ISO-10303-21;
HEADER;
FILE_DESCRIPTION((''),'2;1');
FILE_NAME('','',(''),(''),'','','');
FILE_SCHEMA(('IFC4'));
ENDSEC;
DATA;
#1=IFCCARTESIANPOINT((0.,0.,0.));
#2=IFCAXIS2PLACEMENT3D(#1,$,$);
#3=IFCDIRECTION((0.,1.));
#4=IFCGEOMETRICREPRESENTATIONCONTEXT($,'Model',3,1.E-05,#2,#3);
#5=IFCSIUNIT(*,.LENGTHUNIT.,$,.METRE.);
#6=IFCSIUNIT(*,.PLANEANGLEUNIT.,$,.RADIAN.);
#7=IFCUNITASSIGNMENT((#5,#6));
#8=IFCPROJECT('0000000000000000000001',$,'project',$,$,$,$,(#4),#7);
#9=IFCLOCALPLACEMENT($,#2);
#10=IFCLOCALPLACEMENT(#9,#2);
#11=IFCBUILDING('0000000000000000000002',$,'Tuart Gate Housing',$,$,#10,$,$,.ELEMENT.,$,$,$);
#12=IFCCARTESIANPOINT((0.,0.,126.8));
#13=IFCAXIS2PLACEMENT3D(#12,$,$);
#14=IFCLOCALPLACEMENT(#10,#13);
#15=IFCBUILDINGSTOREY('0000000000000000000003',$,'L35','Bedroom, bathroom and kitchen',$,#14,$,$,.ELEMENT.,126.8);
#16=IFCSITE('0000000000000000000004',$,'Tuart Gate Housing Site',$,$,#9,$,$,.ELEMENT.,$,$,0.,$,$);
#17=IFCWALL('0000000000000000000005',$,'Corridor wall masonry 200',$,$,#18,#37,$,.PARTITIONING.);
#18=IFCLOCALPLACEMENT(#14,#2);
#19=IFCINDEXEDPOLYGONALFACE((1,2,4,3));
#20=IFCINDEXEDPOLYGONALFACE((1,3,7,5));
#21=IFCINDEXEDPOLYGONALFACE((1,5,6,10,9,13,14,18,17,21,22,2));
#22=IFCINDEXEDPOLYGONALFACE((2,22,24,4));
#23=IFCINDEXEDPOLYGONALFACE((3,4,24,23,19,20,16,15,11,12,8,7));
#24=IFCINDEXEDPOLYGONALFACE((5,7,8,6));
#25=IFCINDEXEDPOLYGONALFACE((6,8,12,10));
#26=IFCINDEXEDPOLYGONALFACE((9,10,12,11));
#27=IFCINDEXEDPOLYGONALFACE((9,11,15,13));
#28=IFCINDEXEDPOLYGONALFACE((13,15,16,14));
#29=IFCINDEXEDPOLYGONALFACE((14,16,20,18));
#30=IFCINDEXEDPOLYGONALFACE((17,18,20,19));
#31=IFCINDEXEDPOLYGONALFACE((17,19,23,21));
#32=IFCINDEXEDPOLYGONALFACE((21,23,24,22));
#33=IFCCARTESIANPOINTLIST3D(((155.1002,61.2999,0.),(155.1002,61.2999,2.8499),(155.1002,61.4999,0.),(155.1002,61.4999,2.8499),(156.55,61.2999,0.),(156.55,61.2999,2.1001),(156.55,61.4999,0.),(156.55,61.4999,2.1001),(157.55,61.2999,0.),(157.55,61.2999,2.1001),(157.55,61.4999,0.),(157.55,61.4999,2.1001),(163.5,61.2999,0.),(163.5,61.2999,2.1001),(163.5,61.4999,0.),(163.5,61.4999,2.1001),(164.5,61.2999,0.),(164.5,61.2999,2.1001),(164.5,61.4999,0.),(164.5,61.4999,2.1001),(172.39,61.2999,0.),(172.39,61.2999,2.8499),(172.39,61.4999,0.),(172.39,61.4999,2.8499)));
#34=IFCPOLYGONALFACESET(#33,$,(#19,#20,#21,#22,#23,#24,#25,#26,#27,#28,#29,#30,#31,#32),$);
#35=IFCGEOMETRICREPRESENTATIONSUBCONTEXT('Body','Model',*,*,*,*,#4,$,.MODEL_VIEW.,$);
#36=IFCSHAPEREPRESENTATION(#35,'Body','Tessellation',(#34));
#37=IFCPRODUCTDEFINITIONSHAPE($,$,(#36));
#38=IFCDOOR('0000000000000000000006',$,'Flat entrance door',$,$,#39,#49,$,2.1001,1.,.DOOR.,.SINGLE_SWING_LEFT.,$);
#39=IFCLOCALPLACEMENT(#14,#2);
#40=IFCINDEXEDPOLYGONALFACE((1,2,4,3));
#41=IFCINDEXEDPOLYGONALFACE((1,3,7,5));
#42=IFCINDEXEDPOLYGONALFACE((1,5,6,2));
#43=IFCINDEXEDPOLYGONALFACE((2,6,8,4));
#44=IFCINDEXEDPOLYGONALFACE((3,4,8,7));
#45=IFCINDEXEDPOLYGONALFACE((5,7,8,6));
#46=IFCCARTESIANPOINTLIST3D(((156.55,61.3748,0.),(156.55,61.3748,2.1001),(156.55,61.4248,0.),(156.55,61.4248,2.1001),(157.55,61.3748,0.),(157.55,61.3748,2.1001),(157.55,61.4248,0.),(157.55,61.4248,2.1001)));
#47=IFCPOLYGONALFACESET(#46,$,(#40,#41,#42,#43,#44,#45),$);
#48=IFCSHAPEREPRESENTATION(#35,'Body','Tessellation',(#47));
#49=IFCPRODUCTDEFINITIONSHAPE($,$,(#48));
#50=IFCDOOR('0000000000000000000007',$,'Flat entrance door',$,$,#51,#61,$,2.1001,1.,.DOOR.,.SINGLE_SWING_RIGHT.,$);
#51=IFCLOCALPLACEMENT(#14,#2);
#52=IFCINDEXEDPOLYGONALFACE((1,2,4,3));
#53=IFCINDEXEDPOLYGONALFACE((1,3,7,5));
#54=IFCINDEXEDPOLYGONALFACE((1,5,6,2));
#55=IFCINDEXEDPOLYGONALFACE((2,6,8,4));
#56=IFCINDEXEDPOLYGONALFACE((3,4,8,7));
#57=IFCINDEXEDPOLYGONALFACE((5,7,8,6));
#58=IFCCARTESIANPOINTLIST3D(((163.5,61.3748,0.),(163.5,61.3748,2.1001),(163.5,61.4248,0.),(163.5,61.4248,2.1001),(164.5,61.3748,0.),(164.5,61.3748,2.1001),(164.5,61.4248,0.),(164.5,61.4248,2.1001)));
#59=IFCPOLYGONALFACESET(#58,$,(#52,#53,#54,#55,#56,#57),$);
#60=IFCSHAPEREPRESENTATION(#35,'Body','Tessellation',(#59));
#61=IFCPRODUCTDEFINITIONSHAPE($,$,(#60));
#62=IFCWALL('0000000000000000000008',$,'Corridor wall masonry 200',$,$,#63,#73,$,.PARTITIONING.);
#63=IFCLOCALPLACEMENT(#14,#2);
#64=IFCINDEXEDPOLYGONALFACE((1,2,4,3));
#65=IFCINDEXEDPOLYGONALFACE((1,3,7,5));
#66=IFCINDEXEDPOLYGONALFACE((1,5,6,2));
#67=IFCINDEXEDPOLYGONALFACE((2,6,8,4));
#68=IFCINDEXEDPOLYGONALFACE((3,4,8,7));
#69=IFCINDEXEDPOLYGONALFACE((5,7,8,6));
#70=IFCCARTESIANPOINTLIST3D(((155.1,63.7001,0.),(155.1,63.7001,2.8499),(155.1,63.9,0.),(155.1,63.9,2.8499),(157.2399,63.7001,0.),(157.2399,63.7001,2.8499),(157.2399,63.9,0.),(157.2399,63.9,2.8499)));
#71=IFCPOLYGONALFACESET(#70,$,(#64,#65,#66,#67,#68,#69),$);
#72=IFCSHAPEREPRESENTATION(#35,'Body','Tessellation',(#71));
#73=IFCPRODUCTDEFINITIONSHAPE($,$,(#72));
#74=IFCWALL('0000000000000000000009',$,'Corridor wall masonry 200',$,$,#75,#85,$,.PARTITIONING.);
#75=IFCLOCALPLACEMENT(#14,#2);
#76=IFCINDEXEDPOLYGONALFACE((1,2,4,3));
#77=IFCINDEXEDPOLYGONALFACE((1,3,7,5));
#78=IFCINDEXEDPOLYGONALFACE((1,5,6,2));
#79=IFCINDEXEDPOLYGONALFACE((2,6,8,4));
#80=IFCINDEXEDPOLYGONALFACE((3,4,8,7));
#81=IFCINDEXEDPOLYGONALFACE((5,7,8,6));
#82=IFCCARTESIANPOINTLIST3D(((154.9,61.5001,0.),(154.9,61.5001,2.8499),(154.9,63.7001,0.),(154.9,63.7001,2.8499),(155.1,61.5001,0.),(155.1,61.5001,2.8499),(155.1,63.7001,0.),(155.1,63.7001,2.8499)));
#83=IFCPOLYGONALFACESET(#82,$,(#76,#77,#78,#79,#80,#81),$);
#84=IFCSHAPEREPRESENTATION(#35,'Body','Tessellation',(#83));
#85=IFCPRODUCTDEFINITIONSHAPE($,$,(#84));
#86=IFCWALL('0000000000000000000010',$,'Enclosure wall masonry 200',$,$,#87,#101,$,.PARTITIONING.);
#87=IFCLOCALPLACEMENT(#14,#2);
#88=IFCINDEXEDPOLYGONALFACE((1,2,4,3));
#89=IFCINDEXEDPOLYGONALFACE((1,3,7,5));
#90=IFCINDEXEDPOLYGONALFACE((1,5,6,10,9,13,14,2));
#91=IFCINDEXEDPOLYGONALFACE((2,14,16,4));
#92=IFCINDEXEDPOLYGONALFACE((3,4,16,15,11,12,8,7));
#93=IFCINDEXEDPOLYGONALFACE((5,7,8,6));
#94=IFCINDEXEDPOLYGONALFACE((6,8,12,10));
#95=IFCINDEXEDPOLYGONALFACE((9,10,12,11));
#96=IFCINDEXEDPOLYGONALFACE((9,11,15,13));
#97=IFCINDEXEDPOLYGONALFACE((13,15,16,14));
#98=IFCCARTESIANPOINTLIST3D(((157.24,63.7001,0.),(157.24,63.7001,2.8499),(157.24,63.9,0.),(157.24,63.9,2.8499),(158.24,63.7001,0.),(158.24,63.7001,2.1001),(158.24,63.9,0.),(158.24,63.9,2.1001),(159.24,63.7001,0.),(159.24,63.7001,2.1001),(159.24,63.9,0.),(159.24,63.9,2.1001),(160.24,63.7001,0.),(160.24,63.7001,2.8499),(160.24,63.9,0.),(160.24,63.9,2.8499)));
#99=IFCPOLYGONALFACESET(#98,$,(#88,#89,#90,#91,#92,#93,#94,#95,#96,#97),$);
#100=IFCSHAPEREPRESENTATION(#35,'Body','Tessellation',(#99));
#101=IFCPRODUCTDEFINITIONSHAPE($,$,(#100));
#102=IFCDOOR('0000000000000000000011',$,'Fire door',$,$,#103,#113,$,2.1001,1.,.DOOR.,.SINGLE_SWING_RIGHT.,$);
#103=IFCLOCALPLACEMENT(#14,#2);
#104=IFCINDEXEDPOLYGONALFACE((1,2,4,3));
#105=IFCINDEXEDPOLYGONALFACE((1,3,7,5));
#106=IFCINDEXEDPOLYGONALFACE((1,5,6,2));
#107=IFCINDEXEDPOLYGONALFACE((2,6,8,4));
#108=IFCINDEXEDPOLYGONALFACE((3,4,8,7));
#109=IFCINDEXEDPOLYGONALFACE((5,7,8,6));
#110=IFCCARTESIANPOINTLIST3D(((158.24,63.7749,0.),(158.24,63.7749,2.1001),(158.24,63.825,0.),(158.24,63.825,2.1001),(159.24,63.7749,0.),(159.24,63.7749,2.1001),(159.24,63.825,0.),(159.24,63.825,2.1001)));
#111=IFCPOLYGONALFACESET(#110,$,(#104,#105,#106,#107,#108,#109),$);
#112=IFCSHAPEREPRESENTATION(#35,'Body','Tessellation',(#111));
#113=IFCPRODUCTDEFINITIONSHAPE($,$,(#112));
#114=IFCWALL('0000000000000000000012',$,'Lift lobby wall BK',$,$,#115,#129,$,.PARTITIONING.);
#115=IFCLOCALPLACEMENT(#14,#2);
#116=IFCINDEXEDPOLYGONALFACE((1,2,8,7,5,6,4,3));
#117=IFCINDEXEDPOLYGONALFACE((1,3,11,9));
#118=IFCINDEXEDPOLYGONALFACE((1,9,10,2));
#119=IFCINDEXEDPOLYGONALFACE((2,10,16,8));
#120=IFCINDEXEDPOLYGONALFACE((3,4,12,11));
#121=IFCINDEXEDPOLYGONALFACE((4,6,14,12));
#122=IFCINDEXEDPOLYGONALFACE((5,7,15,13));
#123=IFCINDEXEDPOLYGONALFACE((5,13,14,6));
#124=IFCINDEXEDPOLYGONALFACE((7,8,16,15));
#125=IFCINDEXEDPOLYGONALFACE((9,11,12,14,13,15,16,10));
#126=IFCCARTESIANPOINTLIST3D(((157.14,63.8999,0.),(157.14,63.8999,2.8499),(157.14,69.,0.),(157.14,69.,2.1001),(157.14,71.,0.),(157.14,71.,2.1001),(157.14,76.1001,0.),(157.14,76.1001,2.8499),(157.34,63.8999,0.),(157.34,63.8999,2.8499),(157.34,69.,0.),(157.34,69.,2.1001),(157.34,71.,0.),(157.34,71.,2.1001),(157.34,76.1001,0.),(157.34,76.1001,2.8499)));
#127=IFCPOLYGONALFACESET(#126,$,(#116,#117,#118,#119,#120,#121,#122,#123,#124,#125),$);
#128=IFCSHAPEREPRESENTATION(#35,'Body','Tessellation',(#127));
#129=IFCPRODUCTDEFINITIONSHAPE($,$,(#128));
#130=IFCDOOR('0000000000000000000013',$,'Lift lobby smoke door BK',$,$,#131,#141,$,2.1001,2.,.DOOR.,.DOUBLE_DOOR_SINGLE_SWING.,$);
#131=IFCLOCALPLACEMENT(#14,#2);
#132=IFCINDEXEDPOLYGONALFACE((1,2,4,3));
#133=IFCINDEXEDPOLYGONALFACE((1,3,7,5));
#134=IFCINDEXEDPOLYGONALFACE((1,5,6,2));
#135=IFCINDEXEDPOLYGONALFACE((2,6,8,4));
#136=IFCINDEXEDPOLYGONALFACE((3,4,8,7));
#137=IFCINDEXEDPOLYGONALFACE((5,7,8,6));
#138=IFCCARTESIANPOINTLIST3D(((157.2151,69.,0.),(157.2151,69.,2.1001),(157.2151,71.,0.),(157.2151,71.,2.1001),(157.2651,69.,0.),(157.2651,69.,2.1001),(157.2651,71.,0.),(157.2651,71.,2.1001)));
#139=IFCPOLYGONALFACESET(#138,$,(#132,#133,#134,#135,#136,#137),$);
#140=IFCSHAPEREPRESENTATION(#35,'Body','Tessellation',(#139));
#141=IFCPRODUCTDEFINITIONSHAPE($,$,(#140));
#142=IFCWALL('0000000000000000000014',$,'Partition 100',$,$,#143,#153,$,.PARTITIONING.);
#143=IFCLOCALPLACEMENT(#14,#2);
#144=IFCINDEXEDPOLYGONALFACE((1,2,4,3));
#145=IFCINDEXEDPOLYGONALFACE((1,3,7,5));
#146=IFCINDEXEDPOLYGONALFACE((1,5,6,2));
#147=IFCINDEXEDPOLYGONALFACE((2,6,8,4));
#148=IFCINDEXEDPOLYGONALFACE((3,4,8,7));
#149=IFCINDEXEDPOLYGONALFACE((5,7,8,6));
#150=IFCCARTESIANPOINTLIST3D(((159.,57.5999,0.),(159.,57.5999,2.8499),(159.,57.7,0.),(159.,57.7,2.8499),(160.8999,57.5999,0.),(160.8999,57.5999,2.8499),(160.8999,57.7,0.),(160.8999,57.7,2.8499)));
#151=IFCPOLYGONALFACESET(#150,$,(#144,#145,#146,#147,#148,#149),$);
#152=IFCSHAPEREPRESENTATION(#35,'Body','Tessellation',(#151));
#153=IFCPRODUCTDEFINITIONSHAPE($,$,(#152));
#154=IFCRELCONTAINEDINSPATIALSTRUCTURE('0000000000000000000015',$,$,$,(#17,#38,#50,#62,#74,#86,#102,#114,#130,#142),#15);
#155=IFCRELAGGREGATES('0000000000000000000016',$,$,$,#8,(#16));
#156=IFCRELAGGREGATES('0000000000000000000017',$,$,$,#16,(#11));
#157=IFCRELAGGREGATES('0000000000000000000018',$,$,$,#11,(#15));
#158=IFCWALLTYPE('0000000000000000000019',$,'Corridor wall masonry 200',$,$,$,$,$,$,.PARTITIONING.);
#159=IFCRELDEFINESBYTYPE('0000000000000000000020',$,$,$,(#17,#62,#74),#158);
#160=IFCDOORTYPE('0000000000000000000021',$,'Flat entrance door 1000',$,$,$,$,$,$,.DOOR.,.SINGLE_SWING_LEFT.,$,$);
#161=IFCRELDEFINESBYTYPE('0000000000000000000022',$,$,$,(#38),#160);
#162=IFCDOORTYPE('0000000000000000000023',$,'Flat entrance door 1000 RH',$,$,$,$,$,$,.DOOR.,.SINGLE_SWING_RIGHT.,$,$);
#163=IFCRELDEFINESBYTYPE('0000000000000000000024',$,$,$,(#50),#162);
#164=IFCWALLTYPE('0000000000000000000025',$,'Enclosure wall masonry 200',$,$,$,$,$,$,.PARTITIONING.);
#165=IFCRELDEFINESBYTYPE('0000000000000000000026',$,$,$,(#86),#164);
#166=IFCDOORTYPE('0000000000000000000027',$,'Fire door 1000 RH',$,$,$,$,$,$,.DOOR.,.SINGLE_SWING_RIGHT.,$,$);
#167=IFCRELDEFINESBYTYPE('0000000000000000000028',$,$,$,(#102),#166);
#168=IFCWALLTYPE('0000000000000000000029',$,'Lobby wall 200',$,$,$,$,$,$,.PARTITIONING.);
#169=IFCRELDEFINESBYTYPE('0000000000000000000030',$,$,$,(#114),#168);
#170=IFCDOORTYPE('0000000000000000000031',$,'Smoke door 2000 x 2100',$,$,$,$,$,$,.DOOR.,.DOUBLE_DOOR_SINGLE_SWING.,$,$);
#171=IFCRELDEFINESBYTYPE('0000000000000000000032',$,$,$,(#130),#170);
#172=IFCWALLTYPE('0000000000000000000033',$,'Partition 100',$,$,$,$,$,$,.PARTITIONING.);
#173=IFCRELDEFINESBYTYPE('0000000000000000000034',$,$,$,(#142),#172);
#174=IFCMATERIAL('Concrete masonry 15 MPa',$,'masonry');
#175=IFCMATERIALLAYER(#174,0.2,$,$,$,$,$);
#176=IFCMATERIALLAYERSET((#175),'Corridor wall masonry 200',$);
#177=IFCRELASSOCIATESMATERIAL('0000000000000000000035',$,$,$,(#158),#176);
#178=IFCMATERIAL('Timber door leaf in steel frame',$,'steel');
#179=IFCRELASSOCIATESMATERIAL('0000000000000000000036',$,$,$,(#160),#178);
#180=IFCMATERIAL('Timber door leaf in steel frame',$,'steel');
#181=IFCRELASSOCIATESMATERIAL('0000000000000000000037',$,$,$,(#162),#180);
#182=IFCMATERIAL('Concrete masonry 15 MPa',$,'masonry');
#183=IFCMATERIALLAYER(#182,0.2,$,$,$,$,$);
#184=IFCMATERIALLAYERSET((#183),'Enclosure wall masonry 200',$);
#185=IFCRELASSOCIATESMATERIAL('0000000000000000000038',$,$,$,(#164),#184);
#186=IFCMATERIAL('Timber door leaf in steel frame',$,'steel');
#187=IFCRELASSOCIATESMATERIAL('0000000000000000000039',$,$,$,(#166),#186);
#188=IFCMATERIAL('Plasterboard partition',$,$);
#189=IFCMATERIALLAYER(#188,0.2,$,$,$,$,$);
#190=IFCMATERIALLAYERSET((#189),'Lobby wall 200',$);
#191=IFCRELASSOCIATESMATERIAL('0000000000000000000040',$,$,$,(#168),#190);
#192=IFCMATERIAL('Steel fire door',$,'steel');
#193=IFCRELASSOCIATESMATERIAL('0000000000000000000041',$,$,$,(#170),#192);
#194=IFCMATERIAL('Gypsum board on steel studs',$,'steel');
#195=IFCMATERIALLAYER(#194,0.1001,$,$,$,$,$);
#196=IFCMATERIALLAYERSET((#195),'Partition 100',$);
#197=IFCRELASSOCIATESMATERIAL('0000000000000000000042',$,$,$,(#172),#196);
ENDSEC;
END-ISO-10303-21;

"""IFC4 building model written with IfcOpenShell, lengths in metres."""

from ifc_helpers import new_model, si_unit, direction, frame, frame_2d, origin, place, context, subcontext, project, spatial, rectangle, extrude, material, layer, layer_set, type_object, element, fill, save


model = new_model("IFC4")

# Units and contexts
model_context = context("Model", 3, precision=1e-05, world=origin(), true_north=direction((0.0, 1.0)))
body_context = subcontext(model_context, "Body", "Model", "MODEL_VIEW")
ifc_project = project(units=[si_unit("LENGTHUNIT", "METRE"), si_unit("PLANEANGLEUNIT", "RADIAN")], contexts=[model_context])

# Site, building, storey
site_placement = place(None, origin())
site = spatial("IfcSite", under=ifc_project, at=site_placement, Name="Tuart Gate Housing Site", CompositionType="ELEMENT", RefElevation=0.0)
building_placement = place(site_placement, origin())
building = spatial("IfcBuilding", under=site, at=building_placement, Name="Tuart Gate Housing", CompositionType="ELEMENT")
storey_placement = place(building_placement, frame((0.0, 0.0, 126.8)))
storey = spatial("IfcBuildingStorey", under=building, at=storey_placement, Name="L35", Description="Bedroom, bathroom and kitchen", CompositionType="ELEMENT", Elevation=126.8)

# Wall, openings, doors
ifc_material_1 = material(Name="Concrete masonry 15 MPa", Category="masonry")
ifc_layer_1 = layer(ifc_material_1, 0.2)
ifc_layer_set_1 = layer_set([ifc_layer_1], Name="Corridor wall masonry 200")
wall_type_1 = type_object("IfcWallType", Name="Corridor wall masonry 200", PredefinedType="PARTITIONING", material=ifc_layer_set_1)
wall_1_placement = place(storey_placement, frame((155.1001, 61.3999, 0.0), z_axis=(0.0, 0.0, 1.0), x_axis=(1.0, 0.0, 0.0)))
wall_1 = element("IfcWall", 1, at=wall_1_placement, inside=storey, type_object=wall_type_1, Name="Corridor wall masonry 200", PredefinedType="PARTITIONING", context=body_context, shape_type="SweptSolid", body=[
    extrude(rectangle(XDim=17.2898, YDim=0.2, at=frame_2d((8.645, 0.0))), origin(), (0.0, 0.0, 1.0), 2.8499),
])
opening_1_placement = place(wall_1_placement, frame((1.45, 0.0, 0.0)))
opening_1 = element("IfcOpeningElement", 2, at=opening_1_placement, cuts=wall_1, PredefinedType="OPENING", context=body_context, shape_type="SweptSolid", body=[
    extrude(rectangle(XDim=1.0, YDim=2.1001, at=frame_2d((0.5, 1.05))), frame((0.0, 0.1099, 0.0), z_axis=(0.0, -1.0, 0.0), x_axis=(1.0, 0.0, 0.0)), (0.0, 0.0, 1.0), 0.22),
])
opening_2_placement = place(wall_1_placement, frame((8.3999, 0.0, 0.0)))
opening_2 = element("IfcOpeningElement", 3, at=opening_2_placement, cuts=wall_1, PredefinedType="OPENING", context=body_context, shape_type="SweptSolid", body=[
    extrude(rectangle(XDim=1.0, YDim=2.1001, at=frame_2d((0.5, 1.05))), frame((0.0, 0.1099, 0.0), z_axis=(0.0, -1.0, 0.0), x_axis=(1.0, 0.0, 0.0)), (0.0, 0.0, 1.0), 0.22),
])
ifc_material_2 = material(Name="Timber door leaf in steel frame", Category="steel")
door_type_1 = type_object("IfcDoorType", Name="Flat entrance door 1000", OperationType="SINGLE_SWING_LEFT", PredefinedType="DOOR", material=ifc_material_2)
door_1_placement = place(opening_1_placement, frame((1.0, 0.0, 0.0), z_axis=(0.0, 0.0, 1.0), x_axis=(-1.0, 0.0, 0.0)))
door_1 = element("IfcDoor", 4, at=door_1_placement, inside=storey, type_object=door_type_1, Name="Flat entrance door", OperationType="SINGLE_SWING_LEFT", OverallHeight=2.1001, OverallWidth=1.0, PredefinedType="DOOR", context=body_context, shape_type="SweptSolid", body=[
    extrude(rectangle(XDim=1.0, YDim=2.1001, at=frame_2d((0.5, 1.05))), frame((0.0, 0.0251, 0.0), z_axis=(0.0, -1.0, 0.0), x_axis=(1.0, 0.0, 0.0)), (0.0, 0.0, 1.0), 0.05),
])
fill(opening_1, door_1)
ifc_material_3 = material(Name="Timber door leaf in steel frame", Category="steel")
door_type_2 = type_object("IfcDoorType", Name="Flat entrance door 1000 RH", OperationType="SINGLE_SWING_RIGHT", PredefinedType="DOOR", material=ifc_material_3)
door_2_placement = place(opening_2_placement, frame((1.0, 0.0, 0.0), z_axis=(0.0, 0.0, 1.0), x_axis=(-1.0, 0.0, 0.0)))
door_2 = element("IfcDoor", 5, at=door_2_placement, inside=storey, type_object=door_type_2, Name="Flat entrance door", OperationType="SINGLE_SWING_RIGHT", OverallHeight=2.1001, OverallWidth=1.0, PredefinedType="DOOR", context=body_context, shape_type="SweptSolid", body=[
    extrude(rectangle(XDim=1.0, YDim=2.1001, at=frame_2d((0.5, 1.05))), frame((0.0, 0.0251, 0.0), z_axis=(0.0, -1.0, 0.0), x_axis=(1.0, 0.0, 0.0)), (0.0, 0.0, 1.0), 0.05),
])
fill(opening_2, door_2)

# Walls
wall_2_placement = place(storey_placement, frame((155.1001, 63.8, 0.0), z_axis=(0.0, 0.0, 1.0), x_axis=(1.0, 0.0, 0.0)))
element("IfcWall", 6, at=wall_2_placement, inside=storey, type_object=wall_type_1, Name="Corridor wall masonry 200", PredefinedType="PARTITIONING", context=body_context, shape_type="SweptSolid", body=[
    extrude(rectangle(XDim=2.1399, YDim=0.2, at=frame_2d((1.0698, 0.0))), origin(), (0.0, 0.0, 1.0), 2.8499),
])
wall_3_placement = place(storey_placement, frame((155.0, 61.5, 0.0), z_axis=(0.0, 0.0, 1.0), x_axis=(0.0, 1.0, 0.0)))
element("IfcWall", 7, at=wall_3_placement, inside=storey, type_object=wall_type_1, Name="Corridor wall masonry 200", PredefinedType="PARTITIONING", context=body_context, shape_type="SweptSolid", body=[
    extrude(rectangle(XDim=2.2, YDim=0.2, at=frame_2d((1.1001, 0.0))), origin(), (0.0, 0.0, 1.0), 2.8499),
])

# Walls, openings, doors
ifc_material_4 = material(Name="Concrete masonry 15 MPa", Category="masonry")
ifc_layer_2 = layer(ifc_material_4, 0.2)
ifc_layer_set_2 = layer_set([ifc_layer_2], Name="Enclosure wall masonry 200")
wall_type_2 = type_object("IfcWallType", Name="Enclosure wall masonry 200", PredefinedType="PARTITIONING", material=ifc_layer_set_2)
wall_4_placement = place(storey_placement, frame((157.24, 63.8, 0.0), z_axis=(0.0, 0.0, 1.0), x_axis=(1.0, 0.0, 0.0)))
wall_4 = element("IfcWall", 8, at=wall_4_placement, inside=storey, type_object=wall_type_2, Name="Enclosure wall masonry 200", PredefinedType="PARTITIONING", context=body_context, shape_type="SweptSolid", body=[
    extrude(rectangle(XDim=3.0, YDim=0.2, at=frame_2d((1.5, 0.0))), origin(), (0.0, 0.0, 1.0), 2.8499),
])
opening_3_placement = place(wall_4_placement, frame((1.0, 0.0, 0.0)))
opening_3 = element("IfcOpeningElement", 9, at=opening_3_placement, cuts=wall_4, PredefinedType="OPENING", context=body_context, shape_type="SweptSolid", body=[
    extrude(rectangle(XDim=1.0, YDim=2.1001, at=frame_2d((0.5, 1.05))), frame((0.0, 0.1099, 0.0), z_axis=(0.0, -1.0, 0.0), x_axis=(1.0, 0.0, 0.0)), (0.0, 0.0, 1.0), 0.22),
])
ifc_material_5 = material(Name="Timber door leaf in steel frame", Category="steel")
door_type_3 = type_object("IfcDoorType", Name="Fire door 1000 RH", OperationType="SINGLE_SWING_RIGHT", PredefinedType="DOOR", material=ifc_material_5)
door_3_placement = place(opening_3_placement, frame((1.0, 0.0, 0.0), z_axis=(0.0, 0.0, 1.0), x_axis=(-1.0, 0.0, 0.0)))
door_3 = element("IfcDoor", 10, at=door_3_placement, inside=storey, type_object=door_type_3, Name="Fire door", OperationType="SINGLE_SWING_RIGHT", OverallHeight=2.1001, OverallWidth=1.0, PredefinedType="DOOR", context=body_context, shape_type="SweptSolid", body=[
    extrude(rectangle(XDim=1.0, YDim=2.1001, at=frame_2d((0.5, 1.05))), frame((0.0, 0.0251, 0.0), z_axis=(0.0, -1.0, 0.0), x_axis=(1.0, 0.0, 0.0)), (0.0, 0.0, 1.0), 0.05),
])
fill(opening_3, door_3)
ifc_material_6 = material(Name="Plasterboard partition")
ifc_layer_3 = layer(ifc_material_6, 0.2)
ifc_layer_set_3 = layer_set([ifc_layer_3], Name="Lobby wall 200")
wall_type_3 = type_object("IfcWallType", Name="Lobby wall 200", PredefinedType="PARTITIONING", material=ifc_layer_set_3)
wall_5_placement = place(storey_placement, frame((157.24, 63.8999, 0.0), z_axis=(0.0, 0.0, 1.0), x_axis=(0.0, 1.0, 0.0)))
wall_5 = element("IfcWall", 11, at=wall_5_placement, inside=storey, type_object=wall_type_3, Name="Lift lobby wall BK", PredefinedType="PARTITIONING", context=body_context, shape_type="SweptSolid", body=[
    extrude(rectangle(XDim=12.2002, YDim=0.2, at=frame_2d((6.1001, 0.0))), origin(), (0.0, 0.0, 1.0), 2.8499),
])
opening_4_placement = place(wall_5_placement, frame((5.1001, 0.0, 0.0)))
opening_4 = element("IfcOpeningElement", 12, at=opening_4_placement, cuts=wall_5, PredefinedType="OPENING", context=body_context, shape_type="SweptSolid", body=[
    extrude(rectangle(XDim=2.0, YDim=2.1001, at=frame_2d((1.0, 1.05))), frame((0.0, 0.1099, 0.0), z_axis=(0.0, -1.0, 0.0), x_axis=(1.0, 0.0, 0.0)), (0.0, 0.0, 1.0), 0.22),
])
ifc_material_7 = material(Name="Steel fire door", Category="steel")
door_type_4 = type_object("IfcDoorType", Name="Smoke door 2000 x 2100", OperationType="DOUBLE_DOOR_SINGLE_SWING", PredefinedType="DOOR", material=ifc_material_7)
door_4_placement = place(opening_4_placement, frame((2.0, 0.0, 0.0), z_axis=(0.0, 0.0, 1.0), x_axis=(-1.0, 0.0, 0.0)))
door_4 = element("IfcDoor", 13, at=door_4_placement, inside=storey, type_object=door_type_4, Name="Lift lobby smoke door BK", OperationType="DOUBLE_DOOR_SINGLE_SWING", OverallHeight=2.1001, OverallWidth=2.0, PredefinedType="DOOR", context=body_context, shape_type="SweptSolid", body=[
    extrude(rectangle(XDim=2.0, YDim=2.1001, at=frame_2d((1.0, 1.05))), frame((0.0, 0.0251, 0.0), z_axis=(0.0, -1.0, 0.0), x_axis=(1.0, 0.0, 0.0)), (0.0, 0.0, 1.0), 0.05),
])
fill(opening_4, door_4)

# Wall
ifc_material_8 = material(Name="Gypsum board on steel studs", Category="steel")
ifc_layer_4 = layer(ifc_material_8, 0.1001)
ifc_layer_set_4 = layer_set([ifc_layer_4], Name="Partition 100")
wall_type_4 = type_object("IfcWallType", Name="Partition 100", PredefinedType="PARTITIONING", material=ifc_layer_set_4)
wall_6_placement = place(storey_placement, frame((159.0, 57.6499, 0.0), z_axis=(0.0, 0.0, 1.0), x_axis=(1.0, 0.0, 0.0)))
element("IfcWall", 14, at=wall_6_placement, inside=storey, type_object=wall_type_4, Name="Partition 100", PredefinedType="PARTITIONING", context=body_context, shape_type="SweptSolid", body=[
    extrude(rectangle(XDim=1.8999, YDim=0.1001, at=frame_2d((0.95, 0.0))), origin(), (0.0, 0.0, 1.0), 2.8499),
])

save(model, "model.ifc")
